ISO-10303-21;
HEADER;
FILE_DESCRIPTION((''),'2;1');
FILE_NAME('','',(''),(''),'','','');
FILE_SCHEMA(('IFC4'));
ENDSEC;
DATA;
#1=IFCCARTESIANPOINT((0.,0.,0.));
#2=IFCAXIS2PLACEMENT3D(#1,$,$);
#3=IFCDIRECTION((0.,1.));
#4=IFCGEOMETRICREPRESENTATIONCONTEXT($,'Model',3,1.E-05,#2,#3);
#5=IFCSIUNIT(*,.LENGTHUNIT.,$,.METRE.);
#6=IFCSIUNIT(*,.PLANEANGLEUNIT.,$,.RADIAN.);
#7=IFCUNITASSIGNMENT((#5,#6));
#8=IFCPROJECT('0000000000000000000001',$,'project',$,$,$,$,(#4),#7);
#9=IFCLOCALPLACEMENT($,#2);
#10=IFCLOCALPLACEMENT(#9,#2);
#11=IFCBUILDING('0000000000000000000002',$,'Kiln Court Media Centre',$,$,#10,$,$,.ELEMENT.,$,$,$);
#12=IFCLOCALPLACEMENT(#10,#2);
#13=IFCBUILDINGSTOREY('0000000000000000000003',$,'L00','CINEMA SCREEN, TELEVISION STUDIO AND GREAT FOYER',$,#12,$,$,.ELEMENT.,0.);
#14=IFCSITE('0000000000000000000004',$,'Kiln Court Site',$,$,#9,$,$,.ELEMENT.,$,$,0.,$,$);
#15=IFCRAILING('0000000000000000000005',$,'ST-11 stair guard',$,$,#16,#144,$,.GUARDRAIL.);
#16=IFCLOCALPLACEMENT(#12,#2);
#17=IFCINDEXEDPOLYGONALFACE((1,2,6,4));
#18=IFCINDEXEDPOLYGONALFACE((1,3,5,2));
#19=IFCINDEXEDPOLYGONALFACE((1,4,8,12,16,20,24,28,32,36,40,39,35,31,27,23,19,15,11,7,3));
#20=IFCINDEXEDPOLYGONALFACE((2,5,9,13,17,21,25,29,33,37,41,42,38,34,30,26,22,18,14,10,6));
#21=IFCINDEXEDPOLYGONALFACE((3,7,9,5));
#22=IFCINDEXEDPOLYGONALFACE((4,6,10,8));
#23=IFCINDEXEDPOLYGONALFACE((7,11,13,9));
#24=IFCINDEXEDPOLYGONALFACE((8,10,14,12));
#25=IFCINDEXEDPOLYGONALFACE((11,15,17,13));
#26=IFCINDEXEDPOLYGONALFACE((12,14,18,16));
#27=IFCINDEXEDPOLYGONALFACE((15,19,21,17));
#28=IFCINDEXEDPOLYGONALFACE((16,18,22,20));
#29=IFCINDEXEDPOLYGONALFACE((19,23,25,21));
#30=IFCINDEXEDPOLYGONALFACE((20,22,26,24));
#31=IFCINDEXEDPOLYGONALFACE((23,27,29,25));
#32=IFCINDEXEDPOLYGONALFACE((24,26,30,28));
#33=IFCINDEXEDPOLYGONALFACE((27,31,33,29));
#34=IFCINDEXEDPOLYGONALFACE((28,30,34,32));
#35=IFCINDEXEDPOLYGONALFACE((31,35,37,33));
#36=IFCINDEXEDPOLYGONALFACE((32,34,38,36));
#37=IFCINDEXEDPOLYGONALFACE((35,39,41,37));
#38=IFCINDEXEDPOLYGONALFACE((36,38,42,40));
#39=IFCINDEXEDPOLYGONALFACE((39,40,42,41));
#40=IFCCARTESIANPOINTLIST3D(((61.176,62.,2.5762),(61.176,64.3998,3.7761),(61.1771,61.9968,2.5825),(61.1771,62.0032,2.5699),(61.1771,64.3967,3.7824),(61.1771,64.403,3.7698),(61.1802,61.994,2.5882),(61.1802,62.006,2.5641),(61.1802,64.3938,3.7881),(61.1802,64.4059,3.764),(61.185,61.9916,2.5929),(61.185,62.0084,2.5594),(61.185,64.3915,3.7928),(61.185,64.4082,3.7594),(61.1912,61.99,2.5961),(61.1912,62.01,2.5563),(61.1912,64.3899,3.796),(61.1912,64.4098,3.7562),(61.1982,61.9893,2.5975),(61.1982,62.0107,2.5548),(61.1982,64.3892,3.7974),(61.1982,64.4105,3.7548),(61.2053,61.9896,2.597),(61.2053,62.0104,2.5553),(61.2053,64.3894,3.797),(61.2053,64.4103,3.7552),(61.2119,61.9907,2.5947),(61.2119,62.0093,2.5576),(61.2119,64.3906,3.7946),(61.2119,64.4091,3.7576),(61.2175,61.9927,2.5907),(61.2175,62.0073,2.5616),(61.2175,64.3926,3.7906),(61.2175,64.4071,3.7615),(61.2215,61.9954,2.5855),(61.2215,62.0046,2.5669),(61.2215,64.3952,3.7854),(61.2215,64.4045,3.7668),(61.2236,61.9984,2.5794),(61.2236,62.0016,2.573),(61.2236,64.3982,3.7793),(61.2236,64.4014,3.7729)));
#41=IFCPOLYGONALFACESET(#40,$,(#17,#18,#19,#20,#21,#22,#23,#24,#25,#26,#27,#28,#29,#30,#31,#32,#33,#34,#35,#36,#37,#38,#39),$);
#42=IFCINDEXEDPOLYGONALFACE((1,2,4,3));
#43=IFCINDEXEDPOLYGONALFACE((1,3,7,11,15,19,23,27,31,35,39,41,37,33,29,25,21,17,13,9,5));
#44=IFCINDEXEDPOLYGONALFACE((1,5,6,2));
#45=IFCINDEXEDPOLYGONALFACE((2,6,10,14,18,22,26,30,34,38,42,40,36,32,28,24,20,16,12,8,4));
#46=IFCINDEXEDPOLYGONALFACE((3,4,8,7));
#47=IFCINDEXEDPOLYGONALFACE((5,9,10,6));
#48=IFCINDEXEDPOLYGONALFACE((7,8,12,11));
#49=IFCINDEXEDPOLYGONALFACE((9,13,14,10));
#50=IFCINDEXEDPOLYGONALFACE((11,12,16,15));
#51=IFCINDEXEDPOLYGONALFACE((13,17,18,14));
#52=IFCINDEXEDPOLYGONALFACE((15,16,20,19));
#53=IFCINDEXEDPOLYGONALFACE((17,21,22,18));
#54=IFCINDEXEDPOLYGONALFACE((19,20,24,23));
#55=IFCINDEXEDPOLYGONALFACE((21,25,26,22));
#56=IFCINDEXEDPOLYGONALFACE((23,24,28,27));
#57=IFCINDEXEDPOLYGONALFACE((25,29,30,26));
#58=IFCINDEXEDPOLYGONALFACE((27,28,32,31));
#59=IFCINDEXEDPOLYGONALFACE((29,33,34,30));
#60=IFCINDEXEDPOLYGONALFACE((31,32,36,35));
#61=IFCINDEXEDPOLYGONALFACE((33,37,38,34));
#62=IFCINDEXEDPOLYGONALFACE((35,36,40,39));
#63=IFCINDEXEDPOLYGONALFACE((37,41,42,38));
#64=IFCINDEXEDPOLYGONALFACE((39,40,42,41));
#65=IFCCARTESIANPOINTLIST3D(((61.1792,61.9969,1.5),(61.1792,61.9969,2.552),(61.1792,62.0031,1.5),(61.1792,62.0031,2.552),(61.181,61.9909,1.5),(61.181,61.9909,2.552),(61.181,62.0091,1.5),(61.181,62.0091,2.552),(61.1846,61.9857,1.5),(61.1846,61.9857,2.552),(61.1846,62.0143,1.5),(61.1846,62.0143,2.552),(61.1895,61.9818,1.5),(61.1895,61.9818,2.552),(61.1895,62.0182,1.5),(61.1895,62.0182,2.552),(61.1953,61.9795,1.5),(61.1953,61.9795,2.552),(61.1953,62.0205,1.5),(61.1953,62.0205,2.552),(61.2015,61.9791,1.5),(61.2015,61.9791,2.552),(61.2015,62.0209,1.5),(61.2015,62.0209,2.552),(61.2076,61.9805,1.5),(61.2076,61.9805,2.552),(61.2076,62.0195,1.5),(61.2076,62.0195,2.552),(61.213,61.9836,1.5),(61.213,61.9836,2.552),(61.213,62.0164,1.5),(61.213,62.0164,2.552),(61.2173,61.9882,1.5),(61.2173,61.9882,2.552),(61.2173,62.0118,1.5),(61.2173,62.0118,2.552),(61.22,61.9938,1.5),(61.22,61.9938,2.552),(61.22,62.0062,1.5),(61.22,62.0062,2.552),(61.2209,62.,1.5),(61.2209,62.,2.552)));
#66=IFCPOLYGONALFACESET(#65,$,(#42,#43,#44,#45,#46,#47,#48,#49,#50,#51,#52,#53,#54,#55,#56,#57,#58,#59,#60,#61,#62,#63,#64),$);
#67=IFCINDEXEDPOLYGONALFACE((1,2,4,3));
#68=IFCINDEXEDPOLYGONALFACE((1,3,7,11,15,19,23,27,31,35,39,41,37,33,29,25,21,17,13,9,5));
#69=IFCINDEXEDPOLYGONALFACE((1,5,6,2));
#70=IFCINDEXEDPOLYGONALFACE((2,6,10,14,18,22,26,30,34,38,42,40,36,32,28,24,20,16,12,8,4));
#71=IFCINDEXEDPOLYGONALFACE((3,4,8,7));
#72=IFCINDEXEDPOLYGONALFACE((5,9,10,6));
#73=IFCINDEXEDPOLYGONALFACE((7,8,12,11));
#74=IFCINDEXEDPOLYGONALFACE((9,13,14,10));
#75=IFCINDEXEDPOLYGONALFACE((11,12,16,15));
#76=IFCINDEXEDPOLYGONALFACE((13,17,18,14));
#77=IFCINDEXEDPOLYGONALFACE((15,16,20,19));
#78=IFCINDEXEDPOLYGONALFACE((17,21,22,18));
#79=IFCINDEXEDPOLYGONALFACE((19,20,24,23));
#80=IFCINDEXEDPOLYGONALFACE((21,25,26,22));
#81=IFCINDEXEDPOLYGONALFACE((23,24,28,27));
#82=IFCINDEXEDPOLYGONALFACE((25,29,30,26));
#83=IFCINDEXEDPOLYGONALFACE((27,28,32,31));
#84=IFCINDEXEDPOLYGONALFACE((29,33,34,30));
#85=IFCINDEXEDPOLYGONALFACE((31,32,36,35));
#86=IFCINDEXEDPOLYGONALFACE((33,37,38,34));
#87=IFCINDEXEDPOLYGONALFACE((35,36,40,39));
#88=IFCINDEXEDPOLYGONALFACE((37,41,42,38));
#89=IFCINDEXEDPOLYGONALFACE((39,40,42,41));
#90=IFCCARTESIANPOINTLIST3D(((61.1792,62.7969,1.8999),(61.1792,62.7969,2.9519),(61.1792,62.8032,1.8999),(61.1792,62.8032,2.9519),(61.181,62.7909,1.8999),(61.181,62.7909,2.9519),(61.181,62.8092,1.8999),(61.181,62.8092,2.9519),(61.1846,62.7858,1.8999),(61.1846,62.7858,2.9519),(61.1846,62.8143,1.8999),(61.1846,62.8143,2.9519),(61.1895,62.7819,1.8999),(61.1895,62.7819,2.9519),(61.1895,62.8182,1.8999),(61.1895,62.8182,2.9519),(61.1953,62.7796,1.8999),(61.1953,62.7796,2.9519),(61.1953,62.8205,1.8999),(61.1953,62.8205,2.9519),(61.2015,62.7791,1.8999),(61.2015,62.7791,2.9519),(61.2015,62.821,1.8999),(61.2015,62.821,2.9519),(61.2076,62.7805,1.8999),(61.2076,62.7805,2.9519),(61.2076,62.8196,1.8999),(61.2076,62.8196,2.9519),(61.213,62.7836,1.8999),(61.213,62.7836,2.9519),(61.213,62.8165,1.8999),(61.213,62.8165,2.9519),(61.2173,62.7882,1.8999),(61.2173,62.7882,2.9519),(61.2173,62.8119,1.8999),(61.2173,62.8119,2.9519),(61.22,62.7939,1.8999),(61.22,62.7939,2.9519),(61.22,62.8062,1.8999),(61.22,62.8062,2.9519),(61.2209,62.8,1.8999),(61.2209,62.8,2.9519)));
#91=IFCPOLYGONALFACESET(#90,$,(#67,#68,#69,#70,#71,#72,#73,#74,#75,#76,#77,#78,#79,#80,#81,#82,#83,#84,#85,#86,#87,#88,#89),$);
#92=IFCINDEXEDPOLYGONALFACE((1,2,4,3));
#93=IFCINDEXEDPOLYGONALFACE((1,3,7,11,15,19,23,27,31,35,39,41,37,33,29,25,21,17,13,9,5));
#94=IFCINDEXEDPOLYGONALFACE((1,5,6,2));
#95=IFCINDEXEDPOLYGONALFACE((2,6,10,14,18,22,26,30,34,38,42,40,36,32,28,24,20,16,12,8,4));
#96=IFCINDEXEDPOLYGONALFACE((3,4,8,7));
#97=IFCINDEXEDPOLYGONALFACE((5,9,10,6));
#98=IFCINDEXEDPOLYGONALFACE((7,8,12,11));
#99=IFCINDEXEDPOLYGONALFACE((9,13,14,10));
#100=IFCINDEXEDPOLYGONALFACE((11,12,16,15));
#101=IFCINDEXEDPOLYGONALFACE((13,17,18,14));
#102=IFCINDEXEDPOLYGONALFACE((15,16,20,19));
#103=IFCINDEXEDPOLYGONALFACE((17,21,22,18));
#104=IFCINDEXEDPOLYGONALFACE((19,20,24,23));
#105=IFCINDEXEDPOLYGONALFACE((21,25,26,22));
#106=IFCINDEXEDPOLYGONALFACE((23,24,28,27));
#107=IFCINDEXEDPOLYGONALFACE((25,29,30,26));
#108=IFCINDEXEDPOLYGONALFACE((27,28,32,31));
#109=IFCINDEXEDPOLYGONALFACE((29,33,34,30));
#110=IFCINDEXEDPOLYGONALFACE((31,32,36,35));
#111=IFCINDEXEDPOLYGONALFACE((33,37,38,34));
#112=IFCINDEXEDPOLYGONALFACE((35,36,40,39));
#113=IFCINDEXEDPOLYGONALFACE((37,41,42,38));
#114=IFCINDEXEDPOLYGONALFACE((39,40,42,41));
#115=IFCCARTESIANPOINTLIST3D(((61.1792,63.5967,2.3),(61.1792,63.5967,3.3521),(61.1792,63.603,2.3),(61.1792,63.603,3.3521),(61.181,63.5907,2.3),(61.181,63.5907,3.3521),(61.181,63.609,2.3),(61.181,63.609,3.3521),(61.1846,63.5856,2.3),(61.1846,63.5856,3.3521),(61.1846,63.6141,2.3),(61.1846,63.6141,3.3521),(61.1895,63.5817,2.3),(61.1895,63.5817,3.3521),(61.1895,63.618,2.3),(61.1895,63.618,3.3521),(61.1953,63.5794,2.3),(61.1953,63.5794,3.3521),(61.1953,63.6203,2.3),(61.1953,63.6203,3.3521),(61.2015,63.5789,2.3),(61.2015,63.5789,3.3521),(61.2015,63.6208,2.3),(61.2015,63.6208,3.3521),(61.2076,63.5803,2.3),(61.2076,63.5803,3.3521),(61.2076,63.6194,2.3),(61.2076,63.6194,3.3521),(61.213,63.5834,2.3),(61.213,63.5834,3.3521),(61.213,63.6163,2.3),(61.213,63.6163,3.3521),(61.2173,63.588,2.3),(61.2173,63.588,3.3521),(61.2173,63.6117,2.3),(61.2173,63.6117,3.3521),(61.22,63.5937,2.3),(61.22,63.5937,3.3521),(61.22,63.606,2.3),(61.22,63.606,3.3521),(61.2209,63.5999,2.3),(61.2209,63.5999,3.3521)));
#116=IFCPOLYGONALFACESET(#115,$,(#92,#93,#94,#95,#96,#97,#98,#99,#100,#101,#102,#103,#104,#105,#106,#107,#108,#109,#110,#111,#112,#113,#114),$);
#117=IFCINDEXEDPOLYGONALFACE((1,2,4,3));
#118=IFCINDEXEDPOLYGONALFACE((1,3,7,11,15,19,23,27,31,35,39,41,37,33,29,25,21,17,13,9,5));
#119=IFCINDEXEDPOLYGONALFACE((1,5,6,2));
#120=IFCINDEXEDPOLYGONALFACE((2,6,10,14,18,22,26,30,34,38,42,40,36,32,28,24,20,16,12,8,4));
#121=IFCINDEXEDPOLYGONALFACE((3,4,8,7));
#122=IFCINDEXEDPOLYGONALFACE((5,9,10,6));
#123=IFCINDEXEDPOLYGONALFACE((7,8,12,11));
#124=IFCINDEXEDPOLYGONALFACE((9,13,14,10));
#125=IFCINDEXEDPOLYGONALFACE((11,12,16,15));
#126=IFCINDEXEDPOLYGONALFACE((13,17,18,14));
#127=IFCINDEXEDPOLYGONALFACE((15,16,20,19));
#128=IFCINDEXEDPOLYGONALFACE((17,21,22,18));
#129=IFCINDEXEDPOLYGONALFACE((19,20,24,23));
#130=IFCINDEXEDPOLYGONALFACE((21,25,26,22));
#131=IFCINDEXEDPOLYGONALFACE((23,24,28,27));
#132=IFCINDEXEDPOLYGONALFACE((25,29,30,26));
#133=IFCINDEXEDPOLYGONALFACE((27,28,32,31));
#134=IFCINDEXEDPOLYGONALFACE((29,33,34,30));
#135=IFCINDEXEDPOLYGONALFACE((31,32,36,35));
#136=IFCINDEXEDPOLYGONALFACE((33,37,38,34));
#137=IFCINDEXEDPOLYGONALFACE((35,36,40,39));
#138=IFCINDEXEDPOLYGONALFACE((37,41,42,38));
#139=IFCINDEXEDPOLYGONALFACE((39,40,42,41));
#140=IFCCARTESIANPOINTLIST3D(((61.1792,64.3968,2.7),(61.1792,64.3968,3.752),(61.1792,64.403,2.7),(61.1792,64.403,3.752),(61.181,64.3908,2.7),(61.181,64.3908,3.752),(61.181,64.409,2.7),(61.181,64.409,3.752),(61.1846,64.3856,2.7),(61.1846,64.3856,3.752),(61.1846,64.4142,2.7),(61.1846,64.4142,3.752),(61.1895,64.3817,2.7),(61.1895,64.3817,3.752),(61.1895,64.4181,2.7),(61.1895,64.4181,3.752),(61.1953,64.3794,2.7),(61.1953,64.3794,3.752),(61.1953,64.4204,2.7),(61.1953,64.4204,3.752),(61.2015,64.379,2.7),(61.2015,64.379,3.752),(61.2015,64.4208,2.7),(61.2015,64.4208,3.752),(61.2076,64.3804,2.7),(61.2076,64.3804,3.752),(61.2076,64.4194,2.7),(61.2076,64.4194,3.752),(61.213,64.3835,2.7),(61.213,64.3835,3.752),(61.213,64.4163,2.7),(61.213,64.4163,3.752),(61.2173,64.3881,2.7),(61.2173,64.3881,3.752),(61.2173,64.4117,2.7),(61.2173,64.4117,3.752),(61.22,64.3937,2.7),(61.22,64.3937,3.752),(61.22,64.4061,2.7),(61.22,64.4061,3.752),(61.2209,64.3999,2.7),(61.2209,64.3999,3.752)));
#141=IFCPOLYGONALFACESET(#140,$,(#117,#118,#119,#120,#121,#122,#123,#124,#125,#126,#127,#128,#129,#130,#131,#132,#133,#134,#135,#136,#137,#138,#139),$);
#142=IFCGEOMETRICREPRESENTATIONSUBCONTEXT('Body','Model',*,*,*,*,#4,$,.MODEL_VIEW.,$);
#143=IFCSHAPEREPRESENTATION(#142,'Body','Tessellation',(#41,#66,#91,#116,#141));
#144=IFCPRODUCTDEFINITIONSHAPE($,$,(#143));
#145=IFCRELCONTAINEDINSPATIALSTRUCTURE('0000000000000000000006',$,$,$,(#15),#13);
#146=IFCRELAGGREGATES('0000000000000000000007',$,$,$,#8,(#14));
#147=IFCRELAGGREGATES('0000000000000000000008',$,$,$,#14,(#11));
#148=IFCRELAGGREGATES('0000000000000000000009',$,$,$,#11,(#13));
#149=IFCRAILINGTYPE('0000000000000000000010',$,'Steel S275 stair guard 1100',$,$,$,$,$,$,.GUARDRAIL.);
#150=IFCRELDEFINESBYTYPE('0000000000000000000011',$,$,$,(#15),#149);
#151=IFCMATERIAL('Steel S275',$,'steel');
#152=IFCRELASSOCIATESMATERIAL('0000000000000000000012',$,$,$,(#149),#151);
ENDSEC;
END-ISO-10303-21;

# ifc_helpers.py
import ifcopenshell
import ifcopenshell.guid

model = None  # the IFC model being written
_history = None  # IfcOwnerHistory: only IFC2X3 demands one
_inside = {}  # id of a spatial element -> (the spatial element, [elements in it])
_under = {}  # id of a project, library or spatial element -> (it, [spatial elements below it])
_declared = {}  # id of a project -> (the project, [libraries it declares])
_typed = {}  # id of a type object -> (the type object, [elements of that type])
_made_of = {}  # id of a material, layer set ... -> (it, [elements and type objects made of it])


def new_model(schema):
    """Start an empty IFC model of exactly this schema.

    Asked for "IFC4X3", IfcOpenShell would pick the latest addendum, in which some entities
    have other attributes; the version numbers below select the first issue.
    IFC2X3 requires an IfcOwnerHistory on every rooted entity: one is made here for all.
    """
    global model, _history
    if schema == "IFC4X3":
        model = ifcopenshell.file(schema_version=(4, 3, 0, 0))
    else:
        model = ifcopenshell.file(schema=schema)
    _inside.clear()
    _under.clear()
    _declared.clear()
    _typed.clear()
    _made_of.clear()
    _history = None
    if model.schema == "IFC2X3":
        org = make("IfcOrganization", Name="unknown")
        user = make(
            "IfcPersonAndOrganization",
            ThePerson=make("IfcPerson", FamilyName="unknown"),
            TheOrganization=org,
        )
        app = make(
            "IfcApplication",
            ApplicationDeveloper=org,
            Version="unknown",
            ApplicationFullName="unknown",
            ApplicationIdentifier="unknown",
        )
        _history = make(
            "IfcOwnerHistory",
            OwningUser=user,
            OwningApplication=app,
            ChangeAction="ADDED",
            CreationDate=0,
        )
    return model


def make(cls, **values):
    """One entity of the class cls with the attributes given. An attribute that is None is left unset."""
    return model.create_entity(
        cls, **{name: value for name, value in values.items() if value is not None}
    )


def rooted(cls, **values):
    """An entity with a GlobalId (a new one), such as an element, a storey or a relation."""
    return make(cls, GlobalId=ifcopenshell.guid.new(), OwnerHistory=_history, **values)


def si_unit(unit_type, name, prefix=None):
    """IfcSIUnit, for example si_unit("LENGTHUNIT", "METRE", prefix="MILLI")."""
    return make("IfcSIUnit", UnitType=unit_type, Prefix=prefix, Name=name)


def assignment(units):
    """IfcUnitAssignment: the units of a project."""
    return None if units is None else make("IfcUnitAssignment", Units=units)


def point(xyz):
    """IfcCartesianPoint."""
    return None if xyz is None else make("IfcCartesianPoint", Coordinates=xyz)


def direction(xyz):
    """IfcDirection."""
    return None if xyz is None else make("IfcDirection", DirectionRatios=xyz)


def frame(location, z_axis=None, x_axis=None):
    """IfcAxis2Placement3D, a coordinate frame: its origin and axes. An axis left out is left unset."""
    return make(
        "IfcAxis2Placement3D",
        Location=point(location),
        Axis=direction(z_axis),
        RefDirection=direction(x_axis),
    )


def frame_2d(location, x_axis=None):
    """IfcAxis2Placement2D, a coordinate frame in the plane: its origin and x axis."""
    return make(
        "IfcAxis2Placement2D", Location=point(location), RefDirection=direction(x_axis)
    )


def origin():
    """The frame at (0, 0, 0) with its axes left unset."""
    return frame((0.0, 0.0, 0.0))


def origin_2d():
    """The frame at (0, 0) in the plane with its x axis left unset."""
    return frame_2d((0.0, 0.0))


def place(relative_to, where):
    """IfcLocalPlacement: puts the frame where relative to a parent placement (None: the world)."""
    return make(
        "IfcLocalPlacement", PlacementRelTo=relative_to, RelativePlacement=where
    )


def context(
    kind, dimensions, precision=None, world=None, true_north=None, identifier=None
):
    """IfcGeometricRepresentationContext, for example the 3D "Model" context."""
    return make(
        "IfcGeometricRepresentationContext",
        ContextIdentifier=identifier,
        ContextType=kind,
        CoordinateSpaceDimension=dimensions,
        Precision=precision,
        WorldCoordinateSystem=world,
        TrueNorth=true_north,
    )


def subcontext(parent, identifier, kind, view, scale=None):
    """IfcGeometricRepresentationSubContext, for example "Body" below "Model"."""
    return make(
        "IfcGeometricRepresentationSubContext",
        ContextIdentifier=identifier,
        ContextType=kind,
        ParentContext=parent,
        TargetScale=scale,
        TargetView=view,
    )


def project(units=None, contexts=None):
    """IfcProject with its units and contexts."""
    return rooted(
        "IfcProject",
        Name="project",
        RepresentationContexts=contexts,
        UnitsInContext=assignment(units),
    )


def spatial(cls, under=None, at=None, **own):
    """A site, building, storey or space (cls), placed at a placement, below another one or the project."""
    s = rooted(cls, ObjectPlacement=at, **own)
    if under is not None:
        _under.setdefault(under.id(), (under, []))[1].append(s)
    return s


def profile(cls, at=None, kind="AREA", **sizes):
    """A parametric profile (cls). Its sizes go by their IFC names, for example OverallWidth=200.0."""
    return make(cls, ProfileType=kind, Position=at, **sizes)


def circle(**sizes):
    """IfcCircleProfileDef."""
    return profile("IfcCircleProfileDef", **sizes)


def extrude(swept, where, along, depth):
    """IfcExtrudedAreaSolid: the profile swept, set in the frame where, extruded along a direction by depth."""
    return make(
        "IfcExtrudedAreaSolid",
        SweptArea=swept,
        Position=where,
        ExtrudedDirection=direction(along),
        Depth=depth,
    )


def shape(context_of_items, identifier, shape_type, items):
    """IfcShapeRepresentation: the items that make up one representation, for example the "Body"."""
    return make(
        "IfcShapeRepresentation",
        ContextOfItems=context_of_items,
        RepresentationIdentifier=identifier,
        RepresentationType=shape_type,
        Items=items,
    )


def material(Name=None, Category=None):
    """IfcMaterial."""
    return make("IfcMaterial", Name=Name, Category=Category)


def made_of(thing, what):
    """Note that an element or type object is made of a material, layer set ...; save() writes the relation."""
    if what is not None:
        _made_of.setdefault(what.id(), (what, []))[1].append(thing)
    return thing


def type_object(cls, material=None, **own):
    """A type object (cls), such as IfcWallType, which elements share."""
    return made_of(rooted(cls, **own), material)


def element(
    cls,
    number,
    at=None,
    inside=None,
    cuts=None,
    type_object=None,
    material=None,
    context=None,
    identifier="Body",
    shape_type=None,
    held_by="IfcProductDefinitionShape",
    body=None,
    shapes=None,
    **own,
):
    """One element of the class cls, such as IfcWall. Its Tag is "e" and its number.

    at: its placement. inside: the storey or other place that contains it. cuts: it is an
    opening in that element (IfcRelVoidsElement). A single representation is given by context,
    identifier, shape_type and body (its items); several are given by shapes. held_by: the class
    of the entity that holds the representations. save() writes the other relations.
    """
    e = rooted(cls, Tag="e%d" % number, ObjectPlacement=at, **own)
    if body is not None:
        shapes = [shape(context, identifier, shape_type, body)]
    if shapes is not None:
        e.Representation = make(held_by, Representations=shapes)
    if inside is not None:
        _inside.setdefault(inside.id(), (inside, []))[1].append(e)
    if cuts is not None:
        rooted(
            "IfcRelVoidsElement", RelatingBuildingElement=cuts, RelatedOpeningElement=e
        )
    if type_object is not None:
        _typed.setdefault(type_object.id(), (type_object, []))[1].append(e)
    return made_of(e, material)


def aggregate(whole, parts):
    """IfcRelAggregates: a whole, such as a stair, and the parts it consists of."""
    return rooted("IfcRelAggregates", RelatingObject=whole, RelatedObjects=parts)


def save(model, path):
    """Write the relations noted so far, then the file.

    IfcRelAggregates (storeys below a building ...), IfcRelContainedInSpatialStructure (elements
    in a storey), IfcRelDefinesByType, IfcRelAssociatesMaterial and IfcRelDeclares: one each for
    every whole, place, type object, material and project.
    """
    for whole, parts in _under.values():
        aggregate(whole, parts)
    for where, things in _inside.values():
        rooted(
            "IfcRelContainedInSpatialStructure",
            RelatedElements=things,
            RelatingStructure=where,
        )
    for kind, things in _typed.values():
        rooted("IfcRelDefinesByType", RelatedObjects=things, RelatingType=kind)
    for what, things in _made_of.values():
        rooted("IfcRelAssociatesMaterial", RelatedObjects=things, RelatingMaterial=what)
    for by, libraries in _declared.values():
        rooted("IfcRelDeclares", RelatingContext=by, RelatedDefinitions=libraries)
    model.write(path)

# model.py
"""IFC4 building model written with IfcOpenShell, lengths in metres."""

from ifc_helpers import new_model, si_unit, direction, frame, origin, origin_2d, place, context, subcontext, project, spatial, circle, extrude, material, type_object, element, save


model = new_model("IFC4")

# Units and contexts
model_context = context("Model", 3, precision=1e-05, world=origin(), true_north=direction((0.0, 1.0)))
body_context = subcontext(model_context, "Body", "Model", "MODEL_VIEW")
ifc_project = project(units=[si_unit("LENGTHUNIT", "METRE"), si_unit("PLANEANGLEUNIT", "RADIAN")], contexts=[model_context])

# Site, building, storey
site_placement = place(None, origin())
site = spatial("IfcSite", under=ifc_project, at=site_placement, Name="Kiln Court Site", CompositionType="ELEMENT", RefElevation=0.0)
building_placement = place(site_placement, origin())
building = spatial("IfcBuilding", under=site, at=building_placement, Name="Kiln Court Media Centre", CompositionType="ELEMENT")
storey_placement = place(building_placement, origin())
storey = spatial("IfcBuildingStorey", under=building, at=storey_placement, Name="L00", Description="CINEMA SCREEN, TELEVISION STUDIO AND GREAT FOYER", CompositionType="ELEMENT", Elevation=0.0)

# Railing
ifc_material_1 = material(Name="Steel S275", Category="steel")
railing_type_1 = type_object("IfcRailingType", Name="Steel S275 stair guard 1100", PredefinedType="GUARDRAIL", material=ifc_material_1)
railing_1_placement = place(storey_placement, frame((61.2, 62.0, 1.5)))
element("IfcRailing", 1, at=railing_1_placement, inside=storey, type_object=railing_type_1, Name="ST-11 stair guard", PredefinedType="GUARDRAIL", context=body_context, shape_type="SweptSolid", body=[
    extrude(circle(Radius=0.0239, at=origin_2d()), frame((0.0, 0.0, 1.0762), z_axis=(0.0, 0.894427, 0.447214), x_axis=(-1.0, 0.0, 0.0)), (0.0, 0.0, 1.0), 2.6831),
    extrude(circle(Radius=0.021, at=origin_2d()), origin(), (0.0, 0.0, 1.0), 1.052),
    extrude(circle(Radius=0.021, at=origin_2d()), frame((0.0, 0.8, 0.3999)), (0.0, 0.0, 1.0), 1.052),
    extrude(circle(Radius=0.021, at=origin_2d()), frame((0.0, 1.5999, 0.8)), (0.0, 0.0, 1.0), 1.052),
    extrude(circle(Radius=0.021, at=origin_2d()), frame((0.0, 2.3999, 1.2)), (0.0, 0.0, 1.0), 1.052),
])

save(model, "model.ifc")
